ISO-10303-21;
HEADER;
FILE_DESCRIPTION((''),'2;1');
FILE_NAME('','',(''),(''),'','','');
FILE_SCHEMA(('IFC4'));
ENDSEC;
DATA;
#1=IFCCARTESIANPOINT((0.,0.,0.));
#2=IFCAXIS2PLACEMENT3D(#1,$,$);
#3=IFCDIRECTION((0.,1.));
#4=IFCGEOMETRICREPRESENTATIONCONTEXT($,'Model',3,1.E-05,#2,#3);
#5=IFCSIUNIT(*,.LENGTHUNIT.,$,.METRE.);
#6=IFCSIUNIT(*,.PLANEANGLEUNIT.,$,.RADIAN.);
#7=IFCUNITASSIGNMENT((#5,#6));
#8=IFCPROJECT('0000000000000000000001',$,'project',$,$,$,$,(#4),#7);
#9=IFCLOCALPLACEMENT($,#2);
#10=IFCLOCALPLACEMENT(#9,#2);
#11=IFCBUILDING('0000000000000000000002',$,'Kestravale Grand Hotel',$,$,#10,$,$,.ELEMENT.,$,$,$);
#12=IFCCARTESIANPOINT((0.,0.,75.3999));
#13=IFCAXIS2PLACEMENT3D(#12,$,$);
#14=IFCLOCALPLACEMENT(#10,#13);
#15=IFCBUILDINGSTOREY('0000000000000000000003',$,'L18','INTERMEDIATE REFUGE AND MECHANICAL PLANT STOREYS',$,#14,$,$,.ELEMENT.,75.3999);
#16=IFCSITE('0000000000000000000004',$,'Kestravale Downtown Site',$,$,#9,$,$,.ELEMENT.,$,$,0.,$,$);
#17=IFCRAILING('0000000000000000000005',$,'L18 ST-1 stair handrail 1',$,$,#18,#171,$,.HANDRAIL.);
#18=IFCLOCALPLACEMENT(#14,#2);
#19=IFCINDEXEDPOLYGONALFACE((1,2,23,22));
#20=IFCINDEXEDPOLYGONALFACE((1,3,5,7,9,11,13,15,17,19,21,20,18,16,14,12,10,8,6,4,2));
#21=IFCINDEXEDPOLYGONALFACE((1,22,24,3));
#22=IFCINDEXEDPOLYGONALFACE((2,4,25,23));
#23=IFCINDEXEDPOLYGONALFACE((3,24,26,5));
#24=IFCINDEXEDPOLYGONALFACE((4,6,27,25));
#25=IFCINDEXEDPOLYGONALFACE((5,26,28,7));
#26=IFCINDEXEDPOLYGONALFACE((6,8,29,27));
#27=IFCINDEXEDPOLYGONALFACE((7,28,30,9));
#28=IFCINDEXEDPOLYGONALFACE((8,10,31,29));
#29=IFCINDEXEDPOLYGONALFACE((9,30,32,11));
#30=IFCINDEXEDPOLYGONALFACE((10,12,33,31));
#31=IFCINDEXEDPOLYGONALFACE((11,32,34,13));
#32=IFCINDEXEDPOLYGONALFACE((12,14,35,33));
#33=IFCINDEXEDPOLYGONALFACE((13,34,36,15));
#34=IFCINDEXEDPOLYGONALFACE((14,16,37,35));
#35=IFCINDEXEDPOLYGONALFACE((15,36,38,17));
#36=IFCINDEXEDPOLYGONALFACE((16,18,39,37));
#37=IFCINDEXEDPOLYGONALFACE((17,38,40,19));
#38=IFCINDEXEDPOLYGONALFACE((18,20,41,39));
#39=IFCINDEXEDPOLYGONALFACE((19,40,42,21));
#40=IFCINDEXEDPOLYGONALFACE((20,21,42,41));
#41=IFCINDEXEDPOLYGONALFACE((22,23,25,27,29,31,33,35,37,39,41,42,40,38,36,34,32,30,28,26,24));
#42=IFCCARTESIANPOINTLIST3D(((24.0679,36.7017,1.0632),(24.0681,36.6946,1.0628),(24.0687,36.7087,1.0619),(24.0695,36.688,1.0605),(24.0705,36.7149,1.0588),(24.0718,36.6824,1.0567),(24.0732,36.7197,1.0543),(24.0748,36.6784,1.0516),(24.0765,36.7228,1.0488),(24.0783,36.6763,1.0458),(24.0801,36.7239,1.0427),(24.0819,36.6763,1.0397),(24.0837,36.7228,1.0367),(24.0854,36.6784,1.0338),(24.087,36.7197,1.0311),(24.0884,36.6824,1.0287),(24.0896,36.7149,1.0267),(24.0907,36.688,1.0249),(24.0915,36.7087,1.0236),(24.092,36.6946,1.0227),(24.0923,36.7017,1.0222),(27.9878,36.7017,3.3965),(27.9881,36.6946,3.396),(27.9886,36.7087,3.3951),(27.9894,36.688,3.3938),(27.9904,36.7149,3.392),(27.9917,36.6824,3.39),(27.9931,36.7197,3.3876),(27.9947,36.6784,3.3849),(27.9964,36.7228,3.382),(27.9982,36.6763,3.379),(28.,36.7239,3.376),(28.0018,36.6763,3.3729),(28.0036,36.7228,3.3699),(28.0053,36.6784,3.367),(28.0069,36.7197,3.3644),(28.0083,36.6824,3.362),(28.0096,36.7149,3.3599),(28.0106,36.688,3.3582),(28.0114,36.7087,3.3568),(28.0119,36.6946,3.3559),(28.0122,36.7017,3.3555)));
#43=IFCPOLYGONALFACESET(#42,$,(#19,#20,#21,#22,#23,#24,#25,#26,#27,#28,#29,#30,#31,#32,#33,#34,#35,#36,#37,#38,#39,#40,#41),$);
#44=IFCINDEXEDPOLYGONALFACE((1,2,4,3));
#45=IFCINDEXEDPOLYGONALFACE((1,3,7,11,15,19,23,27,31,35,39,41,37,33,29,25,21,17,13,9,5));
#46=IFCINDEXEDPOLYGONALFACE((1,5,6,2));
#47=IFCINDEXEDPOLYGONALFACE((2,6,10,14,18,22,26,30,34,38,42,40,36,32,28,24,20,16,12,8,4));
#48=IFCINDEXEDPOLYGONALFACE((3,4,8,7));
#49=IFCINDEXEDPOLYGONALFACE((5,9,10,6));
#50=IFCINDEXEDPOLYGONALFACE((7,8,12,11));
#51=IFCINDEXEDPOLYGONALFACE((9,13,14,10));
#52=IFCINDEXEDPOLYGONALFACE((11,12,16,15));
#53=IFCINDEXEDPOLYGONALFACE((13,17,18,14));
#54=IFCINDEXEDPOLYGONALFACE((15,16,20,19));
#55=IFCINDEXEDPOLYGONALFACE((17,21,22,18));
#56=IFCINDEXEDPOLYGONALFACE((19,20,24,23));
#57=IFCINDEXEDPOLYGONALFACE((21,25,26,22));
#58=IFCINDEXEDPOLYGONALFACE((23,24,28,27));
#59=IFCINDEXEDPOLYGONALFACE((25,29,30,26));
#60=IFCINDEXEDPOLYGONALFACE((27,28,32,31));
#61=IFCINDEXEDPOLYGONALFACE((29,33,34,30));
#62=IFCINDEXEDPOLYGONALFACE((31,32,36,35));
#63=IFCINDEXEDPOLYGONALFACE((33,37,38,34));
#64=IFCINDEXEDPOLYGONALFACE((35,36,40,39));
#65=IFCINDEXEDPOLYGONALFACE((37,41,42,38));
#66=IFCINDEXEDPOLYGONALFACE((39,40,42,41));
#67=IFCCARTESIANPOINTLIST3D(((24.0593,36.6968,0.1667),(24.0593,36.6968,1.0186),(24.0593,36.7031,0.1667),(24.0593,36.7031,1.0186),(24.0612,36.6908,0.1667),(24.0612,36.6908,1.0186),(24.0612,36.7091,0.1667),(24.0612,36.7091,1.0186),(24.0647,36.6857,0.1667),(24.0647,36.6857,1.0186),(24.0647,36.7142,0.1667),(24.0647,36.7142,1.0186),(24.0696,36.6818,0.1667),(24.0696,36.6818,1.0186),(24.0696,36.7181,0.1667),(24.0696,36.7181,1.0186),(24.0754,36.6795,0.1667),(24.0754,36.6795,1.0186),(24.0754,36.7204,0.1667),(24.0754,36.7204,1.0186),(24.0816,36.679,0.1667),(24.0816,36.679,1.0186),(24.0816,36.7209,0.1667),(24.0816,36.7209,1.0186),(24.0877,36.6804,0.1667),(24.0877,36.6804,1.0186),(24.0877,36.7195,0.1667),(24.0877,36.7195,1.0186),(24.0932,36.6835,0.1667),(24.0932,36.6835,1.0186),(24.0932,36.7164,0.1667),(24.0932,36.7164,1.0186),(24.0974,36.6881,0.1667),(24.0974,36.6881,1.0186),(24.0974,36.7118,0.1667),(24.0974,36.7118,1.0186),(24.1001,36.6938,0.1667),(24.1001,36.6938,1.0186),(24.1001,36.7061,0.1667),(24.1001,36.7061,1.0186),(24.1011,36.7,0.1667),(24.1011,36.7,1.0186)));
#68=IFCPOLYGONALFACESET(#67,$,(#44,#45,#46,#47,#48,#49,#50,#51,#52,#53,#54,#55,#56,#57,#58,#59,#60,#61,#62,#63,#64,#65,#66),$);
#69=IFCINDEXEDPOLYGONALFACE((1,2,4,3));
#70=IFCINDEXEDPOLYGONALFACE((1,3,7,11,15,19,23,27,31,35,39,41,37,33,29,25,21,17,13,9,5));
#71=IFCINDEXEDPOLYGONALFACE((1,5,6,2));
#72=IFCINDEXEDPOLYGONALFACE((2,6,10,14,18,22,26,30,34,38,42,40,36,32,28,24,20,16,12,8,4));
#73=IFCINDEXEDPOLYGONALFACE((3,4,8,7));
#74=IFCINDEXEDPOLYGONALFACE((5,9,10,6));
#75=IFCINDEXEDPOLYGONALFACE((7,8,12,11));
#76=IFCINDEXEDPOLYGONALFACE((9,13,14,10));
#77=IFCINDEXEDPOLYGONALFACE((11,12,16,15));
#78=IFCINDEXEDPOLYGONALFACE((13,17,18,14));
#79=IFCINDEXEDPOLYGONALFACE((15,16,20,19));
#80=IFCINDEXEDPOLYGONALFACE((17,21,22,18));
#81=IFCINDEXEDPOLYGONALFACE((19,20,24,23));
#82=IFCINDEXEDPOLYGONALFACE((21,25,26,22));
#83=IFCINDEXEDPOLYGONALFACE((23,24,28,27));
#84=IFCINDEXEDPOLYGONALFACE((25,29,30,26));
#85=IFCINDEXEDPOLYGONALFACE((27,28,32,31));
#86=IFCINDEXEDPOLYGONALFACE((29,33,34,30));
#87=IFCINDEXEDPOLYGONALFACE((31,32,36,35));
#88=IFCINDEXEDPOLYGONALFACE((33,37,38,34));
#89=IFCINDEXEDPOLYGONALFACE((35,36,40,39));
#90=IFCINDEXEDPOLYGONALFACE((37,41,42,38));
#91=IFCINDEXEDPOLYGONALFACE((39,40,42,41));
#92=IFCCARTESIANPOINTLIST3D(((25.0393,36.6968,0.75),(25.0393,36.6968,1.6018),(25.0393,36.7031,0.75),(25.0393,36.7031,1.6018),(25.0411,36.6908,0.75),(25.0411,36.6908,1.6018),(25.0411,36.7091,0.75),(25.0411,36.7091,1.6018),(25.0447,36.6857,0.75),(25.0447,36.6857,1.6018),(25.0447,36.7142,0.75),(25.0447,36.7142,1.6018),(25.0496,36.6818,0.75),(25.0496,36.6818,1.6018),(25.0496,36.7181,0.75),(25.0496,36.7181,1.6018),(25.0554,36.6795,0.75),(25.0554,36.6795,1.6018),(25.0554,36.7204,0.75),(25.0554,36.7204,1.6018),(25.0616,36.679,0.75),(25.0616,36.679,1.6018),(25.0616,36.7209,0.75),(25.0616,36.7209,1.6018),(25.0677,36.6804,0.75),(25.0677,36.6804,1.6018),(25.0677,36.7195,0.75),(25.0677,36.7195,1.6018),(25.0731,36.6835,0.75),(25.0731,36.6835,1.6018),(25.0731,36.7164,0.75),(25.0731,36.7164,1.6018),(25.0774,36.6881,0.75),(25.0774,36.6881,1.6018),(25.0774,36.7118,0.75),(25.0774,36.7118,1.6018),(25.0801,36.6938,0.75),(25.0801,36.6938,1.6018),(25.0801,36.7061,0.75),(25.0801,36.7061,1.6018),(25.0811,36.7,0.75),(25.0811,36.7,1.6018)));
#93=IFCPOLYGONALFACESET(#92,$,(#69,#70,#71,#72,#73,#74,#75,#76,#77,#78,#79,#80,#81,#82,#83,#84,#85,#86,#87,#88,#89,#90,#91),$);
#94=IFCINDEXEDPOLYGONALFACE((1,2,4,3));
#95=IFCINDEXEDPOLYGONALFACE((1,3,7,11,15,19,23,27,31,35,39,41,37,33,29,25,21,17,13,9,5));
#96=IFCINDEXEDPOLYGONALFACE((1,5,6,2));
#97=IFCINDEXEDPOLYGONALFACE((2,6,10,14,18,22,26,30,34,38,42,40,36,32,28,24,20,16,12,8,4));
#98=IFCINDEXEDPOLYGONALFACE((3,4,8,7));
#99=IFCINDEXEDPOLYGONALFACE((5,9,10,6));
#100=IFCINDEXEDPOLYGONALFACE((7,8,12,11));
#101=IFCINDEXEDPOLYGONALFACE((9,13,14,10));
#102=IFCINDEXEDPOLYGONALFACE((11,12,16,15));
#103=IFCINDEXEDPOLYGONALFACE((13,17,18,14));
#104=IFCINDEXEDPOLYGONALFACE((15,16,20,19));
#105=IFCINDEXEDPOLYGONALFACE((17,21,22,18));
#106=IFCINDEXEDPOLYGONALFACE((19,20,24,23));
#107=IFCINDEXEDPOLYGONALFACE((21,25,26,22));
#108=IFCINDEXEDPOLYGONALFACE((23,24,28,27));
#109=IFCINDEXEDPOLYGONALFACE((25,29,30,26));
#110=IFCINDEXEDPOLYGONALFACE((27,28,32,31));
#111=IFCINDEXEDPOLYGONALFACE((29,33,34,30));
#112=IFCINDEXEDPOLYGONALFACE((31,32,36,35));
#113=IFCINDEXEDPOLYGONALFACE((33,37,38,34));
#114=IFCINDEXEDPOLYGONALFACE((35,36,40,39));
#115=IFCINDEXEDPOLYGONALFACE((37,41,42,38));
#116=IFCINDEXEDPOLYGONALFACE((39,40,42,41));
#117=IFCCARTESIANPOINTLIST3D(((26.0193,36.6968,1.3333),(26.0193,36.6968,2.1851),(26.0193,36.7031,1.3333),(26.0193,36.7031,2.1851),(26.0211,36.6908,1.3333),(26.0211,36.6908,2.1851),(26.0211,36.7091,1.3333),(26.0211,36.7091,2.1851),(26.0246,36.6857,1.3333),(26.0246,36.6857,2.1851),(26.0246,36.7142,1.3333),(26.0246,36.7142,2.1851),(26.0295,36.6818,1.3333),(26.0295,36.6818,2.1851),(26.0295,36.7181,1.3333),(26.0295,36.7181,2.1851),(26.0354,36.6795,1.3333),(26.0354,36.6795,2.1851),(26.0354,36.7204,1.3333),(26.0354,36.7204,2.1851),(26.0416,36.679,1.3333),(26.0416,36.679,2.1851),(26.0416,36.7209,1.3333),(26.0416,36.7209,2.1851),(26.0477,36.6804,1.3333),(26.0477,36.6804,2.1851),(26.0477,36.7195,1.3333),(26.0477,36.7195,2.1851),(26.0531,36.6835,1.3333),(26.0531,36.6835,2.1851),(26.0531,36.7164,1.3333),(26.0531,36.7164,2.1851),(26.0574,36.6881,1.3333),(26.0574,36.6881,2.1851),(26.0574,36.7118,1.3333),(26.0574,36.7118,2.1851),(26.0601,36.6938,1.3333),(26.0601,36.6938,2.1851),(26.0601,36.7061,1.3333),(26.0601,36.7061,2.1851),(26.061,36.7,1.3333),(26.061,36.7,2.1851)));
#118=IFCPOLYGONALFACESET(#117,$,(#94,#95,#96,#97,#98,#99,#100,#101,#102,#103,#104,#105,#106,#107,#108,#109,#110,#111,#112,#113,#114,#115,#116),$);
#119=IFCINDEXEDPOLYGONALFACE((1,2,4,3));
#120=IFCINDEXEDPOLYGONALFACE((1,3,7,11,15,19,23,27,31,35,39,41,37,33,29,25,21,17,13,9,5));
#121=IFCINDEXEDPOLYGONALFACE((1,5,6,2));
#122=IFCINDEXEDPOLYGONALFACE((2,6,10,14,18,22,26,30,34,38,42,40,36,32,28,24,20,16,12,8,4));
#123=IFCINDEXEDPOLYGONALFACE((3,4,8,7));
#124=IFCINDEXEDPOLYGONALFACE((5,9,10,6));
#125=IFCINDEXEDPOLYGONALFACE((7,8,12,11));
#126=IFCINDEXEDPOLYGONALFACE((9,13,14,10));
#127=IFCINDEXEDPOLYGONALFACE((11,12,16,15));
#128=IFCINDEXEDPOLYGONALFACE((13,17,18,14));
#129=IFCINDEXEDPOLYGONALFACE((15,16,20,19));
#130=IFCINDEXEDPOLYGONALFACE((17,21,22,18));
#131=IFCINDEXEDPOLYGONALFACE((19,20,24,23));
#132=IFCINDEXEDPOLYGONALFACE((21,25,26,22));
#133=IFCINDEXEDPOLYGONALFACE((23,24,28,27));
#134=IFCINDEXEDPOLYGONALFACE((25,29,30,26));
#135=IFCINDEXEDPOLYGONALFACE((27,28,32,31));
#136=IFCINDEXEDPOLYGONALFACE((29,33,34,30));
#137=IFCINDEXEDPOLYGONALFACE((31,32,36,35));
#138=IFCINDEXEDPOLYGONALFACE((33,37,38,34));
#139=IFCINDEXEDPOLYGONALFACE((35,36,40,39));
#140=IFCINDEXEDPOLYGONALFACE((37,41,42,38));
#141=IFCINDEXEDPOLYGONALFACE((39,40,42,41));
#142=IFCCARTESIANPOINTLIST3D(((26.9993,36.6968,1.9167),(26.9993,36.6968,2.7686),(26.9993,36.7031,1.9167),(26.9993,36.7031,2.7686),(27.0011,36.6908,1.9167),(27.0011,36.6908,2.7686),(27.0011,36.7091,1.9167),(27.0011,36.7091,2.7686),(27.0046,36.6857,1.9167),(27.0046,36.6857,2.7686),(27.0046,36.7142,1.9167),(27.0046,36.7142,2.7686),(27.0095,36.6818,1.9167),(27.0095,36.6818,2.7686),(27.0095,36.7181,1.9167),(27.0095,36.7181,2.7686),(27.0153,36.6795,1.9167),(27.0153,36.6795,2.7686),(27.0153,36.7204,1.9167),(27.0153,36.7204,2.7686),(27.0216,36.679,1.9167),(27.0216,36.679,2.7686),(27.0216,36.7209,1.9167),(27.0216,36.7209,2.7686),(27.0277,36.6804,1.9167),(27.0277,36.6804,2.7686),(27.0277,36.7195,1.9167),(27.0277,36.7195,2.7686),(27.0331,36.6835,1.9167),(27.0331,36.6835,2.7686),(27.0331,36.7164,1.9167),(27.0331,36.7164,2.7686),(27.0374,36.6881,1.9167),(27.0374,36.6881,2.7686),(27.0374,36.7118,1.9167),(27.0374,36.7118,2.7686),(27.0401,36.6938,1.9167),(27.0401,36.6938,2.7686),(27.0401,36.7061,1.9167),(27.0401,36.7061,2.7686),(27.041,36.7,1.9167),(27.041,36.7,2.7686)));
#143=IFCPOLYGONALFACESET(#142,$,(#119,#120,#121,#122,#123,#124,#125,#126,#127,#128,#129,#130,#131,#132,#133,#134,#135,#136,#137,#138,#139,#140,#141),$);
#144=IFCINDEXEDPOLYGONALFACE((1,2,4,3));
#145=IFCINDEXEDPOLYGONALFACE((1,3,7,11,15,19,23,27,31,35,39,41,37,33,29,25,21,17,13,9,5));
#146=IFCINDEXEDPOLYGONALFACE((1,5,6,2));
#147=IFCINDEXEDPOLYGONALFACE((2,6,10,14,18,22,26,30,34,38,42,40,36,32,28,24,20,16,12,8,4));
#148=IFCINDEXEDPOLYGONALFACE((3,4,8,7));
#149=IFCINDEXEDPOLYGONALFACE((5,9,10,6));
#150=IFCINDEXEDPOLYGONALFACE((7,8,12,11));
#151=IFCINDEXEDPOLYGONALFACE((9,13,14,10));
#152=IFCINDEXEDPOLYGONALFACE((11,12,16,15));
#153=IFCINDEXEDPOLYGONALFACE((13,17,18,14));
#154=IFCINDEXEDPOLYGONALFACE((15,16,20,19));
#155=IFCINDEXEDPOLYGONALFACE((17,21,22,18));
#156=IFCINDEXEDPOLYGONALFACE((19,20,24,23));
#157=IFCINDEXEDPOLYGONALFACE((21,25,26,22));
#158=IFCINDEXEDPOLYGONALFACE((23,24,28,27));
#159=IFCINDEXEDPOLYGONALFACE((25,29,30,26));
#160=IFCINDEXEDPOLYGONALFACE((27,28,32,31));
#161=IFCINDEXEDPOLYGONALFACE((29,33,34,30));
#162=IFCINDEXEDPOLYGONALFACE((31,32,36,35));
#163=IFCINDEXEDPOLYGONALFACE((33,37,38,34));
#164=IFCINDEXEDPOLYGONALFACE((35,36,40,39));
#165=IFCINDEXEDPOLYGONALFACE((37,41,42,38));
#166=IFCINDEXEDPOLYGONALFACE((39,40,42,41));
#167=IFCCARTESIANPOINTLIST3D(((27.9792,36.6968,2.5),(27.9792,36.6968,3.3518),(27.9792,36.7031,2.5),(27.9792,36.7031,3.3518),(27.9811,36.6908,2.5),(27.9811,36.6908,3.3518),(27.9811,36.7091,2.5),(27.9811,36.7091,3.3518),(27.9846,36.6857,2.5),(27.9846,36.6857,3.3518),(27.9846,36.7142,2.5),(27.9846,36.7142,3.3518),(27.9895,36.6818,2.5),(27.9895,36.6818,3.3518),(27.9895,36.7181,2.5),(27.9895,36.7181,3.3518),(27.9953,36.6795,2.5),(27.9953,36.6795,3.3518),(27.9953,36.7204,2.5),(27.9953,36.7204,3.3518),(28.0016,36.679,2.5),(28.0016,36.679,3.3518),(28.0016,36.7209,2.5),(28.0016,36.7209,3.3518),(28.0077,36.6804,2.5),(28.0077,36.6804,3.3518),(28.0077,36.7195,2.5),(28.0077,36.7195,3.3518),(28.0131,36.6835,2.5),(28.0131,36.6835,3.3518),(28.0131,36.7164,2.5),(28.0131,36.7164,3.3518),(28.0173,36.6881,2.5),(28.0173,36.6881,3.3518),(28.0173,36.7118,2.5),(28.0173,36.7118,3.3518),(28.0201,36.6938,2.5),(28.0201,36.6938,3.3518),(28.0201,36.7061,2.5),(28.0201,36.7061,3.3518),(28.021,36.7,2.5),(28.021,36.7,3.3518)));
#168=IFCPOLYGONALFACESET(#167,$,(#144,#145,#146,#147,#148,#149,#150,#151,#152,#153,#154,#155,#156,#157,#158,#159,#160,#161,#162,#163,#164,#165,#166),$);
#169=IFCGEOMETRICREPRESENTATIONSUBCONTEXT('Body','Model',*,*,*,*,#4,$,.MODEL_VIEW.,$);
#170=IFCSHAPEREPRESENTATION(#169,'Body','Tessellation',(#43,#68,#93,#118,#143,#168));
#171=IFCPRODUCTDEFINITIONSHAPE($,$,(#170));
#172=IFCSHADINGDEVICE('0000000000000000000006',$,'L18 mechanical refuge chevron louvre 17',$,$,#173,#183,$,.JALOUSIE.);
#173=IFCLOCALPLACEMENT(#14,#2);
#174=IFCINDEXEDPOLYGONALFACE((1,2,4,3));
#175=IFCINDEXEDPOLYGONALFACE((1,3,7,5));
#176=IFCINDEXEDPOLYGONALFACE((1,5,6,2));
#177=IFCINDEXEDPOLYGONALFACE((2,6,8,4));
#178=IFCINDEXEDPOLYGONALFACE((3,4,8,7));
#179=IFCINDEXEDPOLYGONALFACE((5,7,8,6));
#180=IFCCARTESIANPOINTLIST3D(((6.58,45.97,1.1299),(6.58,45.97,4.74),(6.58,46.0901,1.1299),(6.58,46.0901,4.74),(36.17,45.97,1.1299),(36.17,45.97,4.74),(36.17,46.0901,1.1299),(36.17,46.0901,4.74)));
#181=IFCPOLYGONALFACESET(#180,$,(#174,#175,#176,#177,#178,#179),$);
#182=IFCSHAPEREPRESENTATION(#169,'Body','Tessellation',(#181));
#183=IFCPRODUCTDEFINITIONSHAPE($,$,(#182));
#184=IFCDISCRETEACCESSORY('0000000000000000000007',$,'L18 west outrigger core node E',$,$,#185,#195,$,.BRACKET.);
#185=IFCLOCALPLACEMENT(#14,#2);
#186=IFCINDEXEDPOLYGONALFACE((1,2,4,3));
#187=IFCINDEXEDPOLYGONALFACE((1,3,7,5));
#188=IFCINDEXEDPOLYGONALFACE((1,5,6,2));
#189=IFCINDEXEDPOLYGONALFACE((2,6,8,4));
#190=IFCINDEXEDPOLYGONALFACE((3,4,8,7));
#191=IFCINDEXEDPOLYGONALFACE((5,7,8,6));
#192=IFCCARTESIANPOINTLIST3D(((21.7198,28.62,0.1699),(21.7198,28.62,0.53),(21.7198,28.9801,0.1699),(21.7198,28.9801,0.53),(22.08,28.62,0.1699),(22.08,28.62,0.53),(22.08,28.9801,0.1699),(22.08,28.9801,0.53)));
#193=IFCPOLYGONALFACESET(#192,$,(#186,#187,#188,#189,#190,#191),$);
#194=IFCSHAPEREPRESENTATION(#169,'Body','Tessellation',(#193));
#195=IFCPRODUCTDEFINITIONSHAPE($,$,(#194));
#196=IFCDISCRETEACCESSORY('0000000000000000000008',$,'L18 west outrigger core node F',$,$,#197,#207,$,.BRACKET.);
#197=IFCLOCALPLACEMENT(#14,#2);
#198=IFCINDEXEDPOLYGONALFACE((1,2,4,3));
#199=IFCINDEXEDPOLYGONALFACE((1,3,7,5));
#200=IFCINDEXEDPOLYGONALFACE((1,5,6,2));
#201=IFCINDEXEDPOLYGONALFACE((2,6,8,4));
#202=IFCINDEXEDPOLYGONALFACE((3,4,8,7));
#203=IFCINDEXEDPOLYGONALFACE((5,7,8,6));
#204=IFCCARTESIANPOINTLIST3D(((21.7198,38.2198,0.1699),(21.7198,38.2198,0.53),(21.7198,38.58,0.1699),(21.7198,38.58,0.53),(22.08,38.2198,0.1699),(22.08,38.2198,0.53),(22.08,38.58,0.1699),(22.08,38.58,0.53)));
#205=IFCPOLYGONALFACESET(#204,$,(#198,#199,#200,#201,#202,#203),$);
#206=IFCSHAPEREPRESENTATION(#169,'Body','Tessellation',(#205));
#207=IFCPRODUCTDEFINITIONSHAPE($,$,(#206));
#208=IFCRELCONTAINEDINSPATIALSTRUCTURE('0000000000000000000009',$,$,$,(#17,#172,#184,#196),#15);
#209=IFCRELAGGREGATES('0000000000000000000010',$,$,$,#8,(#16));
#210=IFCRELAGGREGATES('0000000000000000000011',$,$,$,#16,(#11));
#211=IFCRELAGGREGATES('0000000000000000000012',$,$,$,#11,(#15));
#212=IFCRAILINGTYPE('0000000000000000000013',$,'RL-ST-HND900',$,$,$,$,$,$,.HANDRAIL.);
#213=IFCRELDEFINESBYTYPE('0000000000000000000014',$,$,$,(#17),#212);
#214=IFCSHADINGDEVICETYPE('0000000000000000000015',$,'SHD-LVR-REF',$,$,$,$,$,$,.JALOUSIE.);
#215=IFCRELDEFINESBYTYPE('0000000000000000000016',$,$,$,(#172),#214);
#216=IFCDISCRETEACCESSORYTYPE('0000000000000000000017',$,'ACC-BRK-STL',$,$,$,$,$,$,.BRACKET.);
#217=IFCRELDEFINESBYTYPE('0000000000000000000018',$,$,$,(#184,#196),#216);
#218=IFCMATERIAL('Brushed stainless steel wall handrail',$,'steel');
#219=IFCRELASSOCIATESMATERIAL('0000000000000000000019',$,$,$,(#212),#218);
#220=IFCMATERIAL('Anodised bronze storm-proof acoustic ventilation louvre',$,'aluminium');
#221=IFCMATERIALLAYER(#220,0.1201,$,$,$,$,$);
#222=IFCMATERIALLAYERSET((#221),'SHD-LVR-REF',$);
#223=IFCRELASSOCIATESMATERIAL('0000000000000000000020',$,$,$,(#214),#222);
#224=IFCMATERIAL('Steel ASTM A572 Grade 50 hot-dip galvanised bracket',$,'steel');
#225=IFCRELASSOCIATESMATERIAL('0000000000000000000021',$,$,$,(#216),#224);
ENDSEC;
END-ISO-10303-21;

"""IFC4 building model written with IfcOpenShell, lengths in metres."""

from ifc_helpers import new_model, si_unit, direction, frame, origin, origin_2d, place, context, subcontext, project, spatial, rectangle, circle, extrude, material, layer, layer_set, type_object, element, save


model = new_model("IFC4")

# Units and contexts
model_context = context("Model", 3, precision=1e-05, world=origin(), true_north=direction((0.0, 1.0)))
body_context = subcontext(model_context, "Body", "Model", "MODEL_VIEW")
ifc_project = project(units=[si_unit("LENGTHUNIT", "METRE"), si_unit("PLANEANGLEUNIT", "RADIAN")], contexts=[model_context])

# Site, building, storey
site_placement = place(None, origin())
site = spatial("IfcSite", under=ifc_project, at=site_placement, Name="Kestravale Downtown Site", CompositionType="ELEMENT", RefElevation=0.0)
building_placement = place(site_placement, origin())
building = spatial("IfcBuilding", under=site, at=building_placement, Name="Kestravale Grand Hotel", CompositionType="ELEMENT")
storey_placement = place(building_placement, frame((0.0, 0.0, 75.3999)))
storey = spatial("IfcBuildingStorey", under=building, at=storey_placement, Name="L18", Description="INTERMEDIATE REFUGE AND MECHANICAL PLANT STOREYS", CompositionType="ELEMENT", Elevation=75.3999)

# Railing
ifc_material_1 = material(Name="Brushed stainless steel wall handrail", Category="steel")
railing_type_1 = type_object("IfcRailingType", Name="RL-ST-HND900", PredefinedType="HANDRAIL", material=ifc_material_1)
railing_1_placement = place(storey_placement, frame((24.0801, 36.7, 0.1667)))
element("IfcRailing", 1, at=railing_1_placement, inside=storey, type_object=railing_type_1, Name="L18 ST-1 stair handrail 1", PredefinedType="HANDRAIL", context=body_context, shape_type="SweptSolid", body=[
    extrude(circle(Radius=0.0239, at=origin_2d()), frame((0.0, 0.0, 0.876), z_axis=(0.859296, 0.0, 0.511478), x_axis=(0.0, 1.0, 0.0)), (0.0, 0.0, 1.0), 4.5618),
    extrude(circle(Radius=0.021, at=origin_2d()), origin(), (0.0, 0.0, 1.0), 0.8518),
    extrude(circle(Radius=0.021, at=origin_2d()), frame((0.98, 0.0, 0.5833)), (0.0, 0.0, 1.0), 0.8518),
    extrude(circle(Radius=0.021, at=origin_2d()), frame((1.96, 0.0, 1.1665)), (0.0, 0.0, 1.0), 0.8518),
    extrude(circle(Radius=0.021, at=origin_2d()), frame((2.9399, 0.0, 1.75)), (0.0, 0.0, 1.0), 0.8518),
    extrude(circle(Radius=0.021, at=origin_2d()), frame((3.9199, 0.0, 2.3333)), (0.0, 0.0, 1.0), 0.8518),
])

# Shading device
ifc_material_2 = material(Name="Anodised bronze storm-proof acoustic ventilation louvre", Category="aluminium")
ifc_layer_1 = layer(ifc_material_2, 0.1201)
ifc_layer_set_1 = layer_set([ifc_layer_1], Name="SHD-LVR-REF")
shading_device_type = type_object("IfcShadingDeviceType", Name="SHD-LVR-REF", PredefinedType="JALOUSIE", material=ifc_layer_set_1)
shading_device_placement = place(storey_placement, frame((21.375, 46.03, 1.1299), z_axis=(0.0, 0.0, 1.0), x_axis=(-1.0, 0.0, 0.0)))
element("IfcShadingDevice", 2, at=shading_device_placement, inside=storey, type_object=shading_device_type, Name="L18 mechanical refuge chevron louvre 17", PredefinedType="JALOUSIE", context=body_context, shape_type="SweptSolid", body=[
    extrude(rectangle(XDim=29.5901, YDim=0.1201, at=origin_2d()), origin(), (0.0, 0.0, 1.0), 3.6101),
])

# Discrete accessories
ifc_material_3 = material(Name="Steel ASTM A572 Grade 50 hot-dip galvanised bracket", Category="steel")
discrete_accessory_type = type_object("IfcDiscreteAccessoryType", Name="ACC-BRK-STL", PredefinedType="BRACKET", material=ifc_material_3)
for number, where, z_axis, x_axis, name in (
    (3, (21.8999, 28.8, 0.1699), (0.0, 0.0, 1.0), (1.0, 0.0, 0.0), "L18 west outrigger core node E"),
    (4, (21.8999, 38.3999, 0.1699), (0.0, 0.0, 1.0), (1.0, 0.0, 0.0), "L18 west outrigger core node F"),
):
    element("IfcDiscreteAccessory", number, at=place(storey_placement, frame(where, z_axis=z_axis, x_axis=x_axis)), inside=storey, type_object=discrete_accessory_type, Name=name, PredefinedType="BRACKET", context=body_context, shape_type="SweptSolid", body=[
        extrude(rectangle(XDim=0.3601, YDim=0.3601, at=origin_2d()), origin(), (0.0, 0.0, 1.0), 0.3601),
    ])

save(model, "model.ifc")
